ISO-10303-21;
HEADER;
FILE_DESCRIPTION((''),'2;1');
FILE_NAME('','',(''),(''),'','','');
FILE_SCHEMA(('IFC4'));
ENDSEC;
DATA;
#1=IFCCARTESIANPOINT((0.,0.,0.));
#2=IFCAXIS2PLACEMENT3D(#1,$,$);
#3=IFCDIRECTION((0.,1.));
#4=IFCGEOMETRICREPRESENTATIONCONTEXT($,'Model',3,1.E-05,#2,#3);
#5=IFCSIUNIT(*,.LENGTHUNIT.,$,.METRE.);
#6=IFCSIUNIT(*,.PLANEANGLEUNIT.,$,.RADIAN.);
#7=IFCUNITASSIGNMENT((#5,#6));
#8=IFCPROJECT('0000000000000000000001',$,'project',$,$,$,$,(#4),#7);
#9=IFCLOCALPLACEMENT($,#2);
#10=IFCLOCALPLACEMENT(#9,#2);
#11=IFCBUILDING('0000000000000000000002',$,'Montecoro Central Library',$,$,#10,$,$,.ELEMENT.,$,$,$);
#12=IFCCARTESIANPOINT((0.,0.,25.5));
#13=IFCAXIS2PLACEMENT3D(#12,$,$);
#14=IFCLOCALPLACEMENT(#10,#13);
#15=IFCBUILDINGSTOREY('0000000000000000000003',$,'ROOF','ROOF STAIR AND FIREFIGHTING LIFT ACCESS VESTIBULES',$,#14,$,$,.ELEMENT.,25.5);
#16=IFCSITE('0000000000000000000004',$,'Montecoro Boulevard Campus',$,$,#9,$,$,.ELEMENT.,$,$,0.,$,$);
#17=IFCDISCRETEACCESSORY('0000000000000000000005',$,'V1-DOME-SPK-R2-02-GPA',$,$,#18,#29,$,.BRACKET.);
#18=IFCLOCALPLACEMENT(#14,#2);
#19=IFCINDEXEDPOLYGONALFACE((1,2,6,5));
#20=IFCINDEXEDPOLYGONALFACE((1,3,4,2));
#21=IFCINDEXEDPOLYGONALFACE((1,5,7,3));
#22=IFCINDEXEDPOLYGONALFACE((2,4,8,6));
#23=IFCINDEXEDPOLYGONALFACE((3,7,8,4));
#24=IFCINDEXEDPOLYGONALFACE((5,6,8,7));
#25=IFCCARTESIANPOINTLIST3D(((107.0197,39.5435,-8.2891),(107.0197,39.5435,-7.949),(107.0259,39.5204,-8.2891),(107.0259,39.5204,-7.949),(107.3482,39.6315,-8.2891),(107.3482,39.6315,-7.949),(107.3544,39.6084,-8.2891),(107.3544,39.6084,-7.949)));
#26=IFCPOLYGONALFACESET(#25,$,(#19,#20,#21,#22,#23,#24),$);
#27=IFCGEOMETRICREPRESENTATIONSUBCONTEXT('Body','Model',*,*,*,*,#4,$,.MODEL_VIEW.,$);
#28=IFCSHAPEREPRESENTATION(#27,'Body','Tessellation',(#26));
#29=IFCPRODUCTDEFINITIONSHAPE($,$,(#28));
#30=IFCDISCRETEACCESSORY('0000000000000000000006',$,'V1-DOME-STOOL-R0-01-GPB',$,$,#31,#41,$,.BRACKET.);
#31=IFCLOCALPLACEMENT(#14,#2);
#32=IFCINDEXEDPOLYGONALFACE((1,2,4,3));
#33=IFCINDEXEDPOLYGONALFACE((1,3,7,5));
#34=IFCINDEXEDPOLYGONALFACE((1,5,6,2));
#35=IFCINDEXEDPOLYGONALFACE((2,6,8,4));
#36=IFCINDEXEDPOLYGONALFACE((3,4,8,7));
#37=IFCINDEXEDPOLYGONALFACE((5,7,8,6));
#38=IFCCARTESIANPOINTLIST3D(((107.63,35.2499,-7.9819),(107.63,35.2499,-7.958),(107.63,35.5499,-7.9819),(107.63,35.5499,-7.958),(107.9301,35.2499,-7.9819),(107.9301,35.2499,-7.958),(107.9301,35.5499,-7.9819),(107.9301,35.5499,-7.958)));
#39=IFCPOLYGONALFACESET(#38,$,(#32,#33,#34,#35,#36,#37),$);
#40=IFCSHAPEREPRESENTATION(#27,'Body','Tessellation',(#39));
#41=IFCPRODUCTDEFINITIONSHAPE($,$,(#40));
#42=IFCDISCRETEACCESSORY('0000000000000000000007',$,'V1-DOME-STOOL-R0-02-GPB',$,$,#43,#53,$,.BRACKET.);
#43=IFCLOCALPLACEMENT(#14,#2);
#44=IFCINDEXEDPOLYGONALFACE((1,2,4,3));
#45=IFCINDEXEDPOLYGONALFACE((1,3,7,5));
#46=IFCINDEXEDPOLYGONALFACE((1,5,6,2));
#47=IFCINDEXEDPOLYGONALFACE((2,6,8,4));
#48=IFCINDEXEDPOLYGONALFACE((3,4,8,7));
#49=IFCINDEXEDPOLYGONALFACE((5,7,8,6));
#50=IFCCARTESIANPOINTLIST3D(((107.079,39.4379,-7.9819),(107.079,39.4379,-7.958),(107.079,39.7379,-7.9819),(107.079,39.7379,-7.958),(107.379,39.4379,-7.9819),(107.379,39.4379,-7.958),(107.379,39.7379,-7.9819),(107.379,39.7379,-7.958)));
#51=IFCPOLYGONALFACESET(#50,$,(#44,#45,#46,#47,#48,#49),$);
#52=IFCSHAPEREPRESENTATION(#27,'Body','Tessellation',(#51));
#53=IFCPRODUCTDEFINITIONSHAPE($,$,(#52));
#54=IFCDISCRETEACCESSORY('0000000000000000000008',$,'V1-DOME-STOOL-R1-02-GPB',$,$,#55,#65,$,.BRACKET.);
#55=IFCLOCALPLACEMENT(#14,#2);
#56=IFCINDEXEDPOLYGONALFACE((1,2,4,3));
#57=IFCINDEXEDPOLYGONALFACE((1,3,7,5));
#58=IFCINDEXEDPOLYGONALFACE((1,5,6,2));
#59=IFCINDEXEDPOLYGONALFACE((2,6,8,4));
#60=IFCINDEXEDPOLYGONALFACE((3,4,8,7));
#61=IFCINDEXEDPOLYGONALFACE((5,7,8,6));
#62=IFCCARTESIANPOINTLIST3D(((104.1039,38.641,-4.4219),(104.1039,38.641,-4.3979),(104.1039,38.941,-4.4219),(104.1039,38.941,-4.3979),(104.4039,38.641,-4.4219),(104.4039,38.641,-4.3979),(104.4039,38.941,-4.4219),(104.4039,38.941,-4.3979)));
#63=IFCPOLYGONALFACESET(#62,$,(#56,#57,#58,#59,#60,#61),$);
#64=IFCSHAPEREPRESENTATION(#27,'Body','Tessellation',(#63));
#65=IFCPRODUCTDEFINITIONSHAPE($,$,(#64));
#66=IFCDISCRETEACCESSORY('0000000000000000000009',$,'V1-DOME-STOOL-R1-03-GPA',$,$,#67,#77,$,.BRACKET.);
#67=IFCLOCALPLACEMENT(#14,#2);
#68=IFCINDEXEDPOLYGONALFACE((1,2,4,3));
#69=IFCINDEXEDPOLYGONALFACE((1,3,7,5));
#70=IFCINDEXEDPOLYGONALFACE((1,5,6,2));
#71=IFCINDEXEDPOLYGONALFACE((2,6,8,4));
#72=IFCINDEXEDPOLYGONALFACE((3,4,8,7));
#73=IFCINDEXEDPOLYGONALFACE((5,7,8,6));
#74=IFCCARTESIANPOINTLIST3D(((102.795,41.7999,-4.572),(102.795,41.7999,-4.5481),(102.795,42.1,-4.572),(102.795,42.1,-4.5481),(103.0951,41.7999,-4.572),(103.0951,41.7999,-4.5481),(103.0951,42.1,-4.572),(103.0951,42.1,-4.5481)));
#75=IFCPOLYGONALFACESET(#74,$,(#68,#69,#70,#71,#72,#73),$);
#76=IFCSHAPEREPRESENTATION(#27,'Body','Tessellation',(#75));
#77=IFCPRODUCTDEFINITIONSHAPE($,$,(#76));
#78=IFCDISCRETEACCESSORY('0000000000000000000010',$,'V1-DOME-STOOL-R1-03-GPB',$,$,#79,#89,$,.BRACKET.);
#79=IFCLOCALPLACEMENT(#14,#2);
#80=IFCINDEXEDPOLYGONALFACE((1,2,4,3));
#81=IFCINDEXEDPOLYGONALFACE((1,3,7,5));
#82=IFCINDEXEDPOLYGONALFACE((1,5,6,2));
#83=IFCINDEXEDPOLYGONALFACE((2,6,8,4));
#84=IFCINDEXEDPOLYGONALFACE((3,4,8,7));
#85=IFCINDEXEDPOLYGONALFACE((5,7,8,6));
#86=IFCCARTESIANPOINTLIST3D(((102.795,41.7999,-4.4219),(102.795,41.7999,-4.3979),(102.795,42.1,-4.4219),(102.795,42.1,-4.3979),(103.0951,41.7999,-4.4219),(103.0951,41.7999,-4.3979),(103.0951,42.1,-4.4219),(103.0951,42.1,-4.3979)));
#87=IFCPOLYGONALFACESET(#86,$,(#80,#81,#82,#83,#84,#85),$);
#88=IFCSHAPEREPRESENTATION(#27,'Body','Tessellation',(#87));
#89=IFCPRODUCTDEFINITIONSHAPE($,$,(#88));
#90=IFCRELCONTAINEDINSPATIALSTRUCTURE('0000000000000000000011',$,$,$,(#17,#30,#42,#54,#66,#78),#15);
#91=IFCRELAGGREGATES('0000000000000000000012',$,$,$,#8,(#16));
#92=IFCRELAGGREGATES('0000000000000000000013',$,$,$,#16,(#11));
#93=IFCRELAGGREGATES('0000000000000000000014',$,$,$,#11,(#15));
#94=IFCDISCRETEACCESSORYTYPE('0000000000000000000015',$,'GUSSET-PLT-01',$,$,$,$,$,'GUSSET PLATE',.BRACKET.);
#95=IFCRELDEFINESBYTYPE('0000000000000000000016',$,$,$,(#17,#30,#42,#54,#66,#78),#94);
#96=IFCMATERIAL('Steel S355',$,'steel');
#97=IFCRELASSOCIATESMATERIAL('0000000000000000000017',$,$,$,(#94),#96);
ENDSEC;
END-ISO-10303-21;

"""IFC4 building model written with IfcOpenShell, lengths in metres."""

from ifc_helpers import new_model, si_unit, direction, frame, origin, origin_2d, place, context, subcontext, project, spatial, rectangle, extrude, material, type_object, element, save


model = new_model("IFC4")

# Units and contexts
model_context = context("Model", 3, precision=1e-05, world=origin(), true_north=direction((0.0, 1.0)))
body_context = subcontext(model_context, "Body", "Model", "MODEL_VIEW")
ifc_project = project(units=[si_unit("LENGTHUNIT", "METRE"), si_unit("PLANEANGLEUNIT", "RADIAN")], contexts=[model_context])

# Site, building, storey
site_placement = place(None, origin())
site = spatial("IfcSite", under=ifc_project, at=site_placement, Name="Montecoro Boulevard Campus", CompositionType="ELEMENT", RefElevation=0.0)
building_placement = place(site_placement, origin())
building = spatial("IfcBuilding", under=site, at=building_placement, Name="Montecoro Central Library", CompositionType="ELEMENT")
storey_placement = place(building_placement, frame((0.0, 0.0, 25.5)))
storey = spatial("IfcBuildingStorey", under=building, at=storey_placement, Name="ROOF", Description="ROOF STAIR AND FIREFIGHTING LIFT ACCESS VESTIBULES", CompositionType="ELEMENT", Elevation=25.5)

# Shared definitions
ifc_material_1 = material(Name="Steel S355", Category="steel")

# Discrete accessories
discrete_accessory_type = type_object("IfcDiscreteAccessoryType", Name="GUSSET-PLT-01", ElementType="GUSSET PLATE", PredefinedType="BRACKET", material=ifc_material_1)
for number, where, z_axis, x_axis, name in (
    (1, (107.187, 39.5759, -8.2891), (0.0, 0.0, 1.0), (-0.965926, -0.258819, 0.0), "V1-DOME-SPK-R2-02-GPA"),
):
    element("IfcDiscreteAccessory", number, at=place(storey_placement, frame(where, z_axis=z_axis, x_axis=x_axis)), inside=storey, type_object=discrete_accessory_type, Name=name, PredefinedType="BRACKET", context=body_context, shape_type="SweptSolid", body=[
        extrude(rectangle(XDim=0.3401, YDim=0.0239, at=origin_2d()), origin(), (0.0, 0.0, 1.0), 0.3401),
    ])
for number, where, z_axis, x_axis, name in (
    (2, (107.78, 35.3999, -7.9819), (0.0, 0.0, 1.0), (1.0, 0.0, 0.0), "V1-DOME-STOOL-R0-01-GPB"),
    (3, (107.229, 39.5879, -7.9819), (0.0, 0.0, 1.0), (1.0, 0.0, 0.0), "V1-DOME-STOOL-R0-02-GPB"),
    (4, (104.2539, 38.791, -4.4219), (0.0, 0.0, 1.0), (1.0, 0.0, 0.0), "V1-DOME-STOOL-R1-02-GPB"),
    (5, (102.9451, 41.95, -4.572), (0.0, 0.0, 1.0), (1.0, 0.0, 0.0), "V1-DOME-STOOL-R1-03-GPA"),
    (6, (102.9451, 41.95, -4.4219), (0.0, 0.0, 1.0), (1.0, 0.0, 0.0), "V1-DOME-STOOL-R1-03-GPB"),
):
    element("IfcDiscreteAccessory", number, at=place(storey_placement, frame(where, z_axis=z_axis, x_axis=x_axis)), inside=storey, type_object=discrete_accessory_type, Name=name, PredefinedType="BRACKET", context=body_context, shape_type="SweptSolid", body=[
        extrude(rectangle(XDim=0.3, YDim=0.3, at=origin_2d()), origin(), (0.0, 0.0, 1.0), 0.0239),
    ])

save(model, "model.ifc")
